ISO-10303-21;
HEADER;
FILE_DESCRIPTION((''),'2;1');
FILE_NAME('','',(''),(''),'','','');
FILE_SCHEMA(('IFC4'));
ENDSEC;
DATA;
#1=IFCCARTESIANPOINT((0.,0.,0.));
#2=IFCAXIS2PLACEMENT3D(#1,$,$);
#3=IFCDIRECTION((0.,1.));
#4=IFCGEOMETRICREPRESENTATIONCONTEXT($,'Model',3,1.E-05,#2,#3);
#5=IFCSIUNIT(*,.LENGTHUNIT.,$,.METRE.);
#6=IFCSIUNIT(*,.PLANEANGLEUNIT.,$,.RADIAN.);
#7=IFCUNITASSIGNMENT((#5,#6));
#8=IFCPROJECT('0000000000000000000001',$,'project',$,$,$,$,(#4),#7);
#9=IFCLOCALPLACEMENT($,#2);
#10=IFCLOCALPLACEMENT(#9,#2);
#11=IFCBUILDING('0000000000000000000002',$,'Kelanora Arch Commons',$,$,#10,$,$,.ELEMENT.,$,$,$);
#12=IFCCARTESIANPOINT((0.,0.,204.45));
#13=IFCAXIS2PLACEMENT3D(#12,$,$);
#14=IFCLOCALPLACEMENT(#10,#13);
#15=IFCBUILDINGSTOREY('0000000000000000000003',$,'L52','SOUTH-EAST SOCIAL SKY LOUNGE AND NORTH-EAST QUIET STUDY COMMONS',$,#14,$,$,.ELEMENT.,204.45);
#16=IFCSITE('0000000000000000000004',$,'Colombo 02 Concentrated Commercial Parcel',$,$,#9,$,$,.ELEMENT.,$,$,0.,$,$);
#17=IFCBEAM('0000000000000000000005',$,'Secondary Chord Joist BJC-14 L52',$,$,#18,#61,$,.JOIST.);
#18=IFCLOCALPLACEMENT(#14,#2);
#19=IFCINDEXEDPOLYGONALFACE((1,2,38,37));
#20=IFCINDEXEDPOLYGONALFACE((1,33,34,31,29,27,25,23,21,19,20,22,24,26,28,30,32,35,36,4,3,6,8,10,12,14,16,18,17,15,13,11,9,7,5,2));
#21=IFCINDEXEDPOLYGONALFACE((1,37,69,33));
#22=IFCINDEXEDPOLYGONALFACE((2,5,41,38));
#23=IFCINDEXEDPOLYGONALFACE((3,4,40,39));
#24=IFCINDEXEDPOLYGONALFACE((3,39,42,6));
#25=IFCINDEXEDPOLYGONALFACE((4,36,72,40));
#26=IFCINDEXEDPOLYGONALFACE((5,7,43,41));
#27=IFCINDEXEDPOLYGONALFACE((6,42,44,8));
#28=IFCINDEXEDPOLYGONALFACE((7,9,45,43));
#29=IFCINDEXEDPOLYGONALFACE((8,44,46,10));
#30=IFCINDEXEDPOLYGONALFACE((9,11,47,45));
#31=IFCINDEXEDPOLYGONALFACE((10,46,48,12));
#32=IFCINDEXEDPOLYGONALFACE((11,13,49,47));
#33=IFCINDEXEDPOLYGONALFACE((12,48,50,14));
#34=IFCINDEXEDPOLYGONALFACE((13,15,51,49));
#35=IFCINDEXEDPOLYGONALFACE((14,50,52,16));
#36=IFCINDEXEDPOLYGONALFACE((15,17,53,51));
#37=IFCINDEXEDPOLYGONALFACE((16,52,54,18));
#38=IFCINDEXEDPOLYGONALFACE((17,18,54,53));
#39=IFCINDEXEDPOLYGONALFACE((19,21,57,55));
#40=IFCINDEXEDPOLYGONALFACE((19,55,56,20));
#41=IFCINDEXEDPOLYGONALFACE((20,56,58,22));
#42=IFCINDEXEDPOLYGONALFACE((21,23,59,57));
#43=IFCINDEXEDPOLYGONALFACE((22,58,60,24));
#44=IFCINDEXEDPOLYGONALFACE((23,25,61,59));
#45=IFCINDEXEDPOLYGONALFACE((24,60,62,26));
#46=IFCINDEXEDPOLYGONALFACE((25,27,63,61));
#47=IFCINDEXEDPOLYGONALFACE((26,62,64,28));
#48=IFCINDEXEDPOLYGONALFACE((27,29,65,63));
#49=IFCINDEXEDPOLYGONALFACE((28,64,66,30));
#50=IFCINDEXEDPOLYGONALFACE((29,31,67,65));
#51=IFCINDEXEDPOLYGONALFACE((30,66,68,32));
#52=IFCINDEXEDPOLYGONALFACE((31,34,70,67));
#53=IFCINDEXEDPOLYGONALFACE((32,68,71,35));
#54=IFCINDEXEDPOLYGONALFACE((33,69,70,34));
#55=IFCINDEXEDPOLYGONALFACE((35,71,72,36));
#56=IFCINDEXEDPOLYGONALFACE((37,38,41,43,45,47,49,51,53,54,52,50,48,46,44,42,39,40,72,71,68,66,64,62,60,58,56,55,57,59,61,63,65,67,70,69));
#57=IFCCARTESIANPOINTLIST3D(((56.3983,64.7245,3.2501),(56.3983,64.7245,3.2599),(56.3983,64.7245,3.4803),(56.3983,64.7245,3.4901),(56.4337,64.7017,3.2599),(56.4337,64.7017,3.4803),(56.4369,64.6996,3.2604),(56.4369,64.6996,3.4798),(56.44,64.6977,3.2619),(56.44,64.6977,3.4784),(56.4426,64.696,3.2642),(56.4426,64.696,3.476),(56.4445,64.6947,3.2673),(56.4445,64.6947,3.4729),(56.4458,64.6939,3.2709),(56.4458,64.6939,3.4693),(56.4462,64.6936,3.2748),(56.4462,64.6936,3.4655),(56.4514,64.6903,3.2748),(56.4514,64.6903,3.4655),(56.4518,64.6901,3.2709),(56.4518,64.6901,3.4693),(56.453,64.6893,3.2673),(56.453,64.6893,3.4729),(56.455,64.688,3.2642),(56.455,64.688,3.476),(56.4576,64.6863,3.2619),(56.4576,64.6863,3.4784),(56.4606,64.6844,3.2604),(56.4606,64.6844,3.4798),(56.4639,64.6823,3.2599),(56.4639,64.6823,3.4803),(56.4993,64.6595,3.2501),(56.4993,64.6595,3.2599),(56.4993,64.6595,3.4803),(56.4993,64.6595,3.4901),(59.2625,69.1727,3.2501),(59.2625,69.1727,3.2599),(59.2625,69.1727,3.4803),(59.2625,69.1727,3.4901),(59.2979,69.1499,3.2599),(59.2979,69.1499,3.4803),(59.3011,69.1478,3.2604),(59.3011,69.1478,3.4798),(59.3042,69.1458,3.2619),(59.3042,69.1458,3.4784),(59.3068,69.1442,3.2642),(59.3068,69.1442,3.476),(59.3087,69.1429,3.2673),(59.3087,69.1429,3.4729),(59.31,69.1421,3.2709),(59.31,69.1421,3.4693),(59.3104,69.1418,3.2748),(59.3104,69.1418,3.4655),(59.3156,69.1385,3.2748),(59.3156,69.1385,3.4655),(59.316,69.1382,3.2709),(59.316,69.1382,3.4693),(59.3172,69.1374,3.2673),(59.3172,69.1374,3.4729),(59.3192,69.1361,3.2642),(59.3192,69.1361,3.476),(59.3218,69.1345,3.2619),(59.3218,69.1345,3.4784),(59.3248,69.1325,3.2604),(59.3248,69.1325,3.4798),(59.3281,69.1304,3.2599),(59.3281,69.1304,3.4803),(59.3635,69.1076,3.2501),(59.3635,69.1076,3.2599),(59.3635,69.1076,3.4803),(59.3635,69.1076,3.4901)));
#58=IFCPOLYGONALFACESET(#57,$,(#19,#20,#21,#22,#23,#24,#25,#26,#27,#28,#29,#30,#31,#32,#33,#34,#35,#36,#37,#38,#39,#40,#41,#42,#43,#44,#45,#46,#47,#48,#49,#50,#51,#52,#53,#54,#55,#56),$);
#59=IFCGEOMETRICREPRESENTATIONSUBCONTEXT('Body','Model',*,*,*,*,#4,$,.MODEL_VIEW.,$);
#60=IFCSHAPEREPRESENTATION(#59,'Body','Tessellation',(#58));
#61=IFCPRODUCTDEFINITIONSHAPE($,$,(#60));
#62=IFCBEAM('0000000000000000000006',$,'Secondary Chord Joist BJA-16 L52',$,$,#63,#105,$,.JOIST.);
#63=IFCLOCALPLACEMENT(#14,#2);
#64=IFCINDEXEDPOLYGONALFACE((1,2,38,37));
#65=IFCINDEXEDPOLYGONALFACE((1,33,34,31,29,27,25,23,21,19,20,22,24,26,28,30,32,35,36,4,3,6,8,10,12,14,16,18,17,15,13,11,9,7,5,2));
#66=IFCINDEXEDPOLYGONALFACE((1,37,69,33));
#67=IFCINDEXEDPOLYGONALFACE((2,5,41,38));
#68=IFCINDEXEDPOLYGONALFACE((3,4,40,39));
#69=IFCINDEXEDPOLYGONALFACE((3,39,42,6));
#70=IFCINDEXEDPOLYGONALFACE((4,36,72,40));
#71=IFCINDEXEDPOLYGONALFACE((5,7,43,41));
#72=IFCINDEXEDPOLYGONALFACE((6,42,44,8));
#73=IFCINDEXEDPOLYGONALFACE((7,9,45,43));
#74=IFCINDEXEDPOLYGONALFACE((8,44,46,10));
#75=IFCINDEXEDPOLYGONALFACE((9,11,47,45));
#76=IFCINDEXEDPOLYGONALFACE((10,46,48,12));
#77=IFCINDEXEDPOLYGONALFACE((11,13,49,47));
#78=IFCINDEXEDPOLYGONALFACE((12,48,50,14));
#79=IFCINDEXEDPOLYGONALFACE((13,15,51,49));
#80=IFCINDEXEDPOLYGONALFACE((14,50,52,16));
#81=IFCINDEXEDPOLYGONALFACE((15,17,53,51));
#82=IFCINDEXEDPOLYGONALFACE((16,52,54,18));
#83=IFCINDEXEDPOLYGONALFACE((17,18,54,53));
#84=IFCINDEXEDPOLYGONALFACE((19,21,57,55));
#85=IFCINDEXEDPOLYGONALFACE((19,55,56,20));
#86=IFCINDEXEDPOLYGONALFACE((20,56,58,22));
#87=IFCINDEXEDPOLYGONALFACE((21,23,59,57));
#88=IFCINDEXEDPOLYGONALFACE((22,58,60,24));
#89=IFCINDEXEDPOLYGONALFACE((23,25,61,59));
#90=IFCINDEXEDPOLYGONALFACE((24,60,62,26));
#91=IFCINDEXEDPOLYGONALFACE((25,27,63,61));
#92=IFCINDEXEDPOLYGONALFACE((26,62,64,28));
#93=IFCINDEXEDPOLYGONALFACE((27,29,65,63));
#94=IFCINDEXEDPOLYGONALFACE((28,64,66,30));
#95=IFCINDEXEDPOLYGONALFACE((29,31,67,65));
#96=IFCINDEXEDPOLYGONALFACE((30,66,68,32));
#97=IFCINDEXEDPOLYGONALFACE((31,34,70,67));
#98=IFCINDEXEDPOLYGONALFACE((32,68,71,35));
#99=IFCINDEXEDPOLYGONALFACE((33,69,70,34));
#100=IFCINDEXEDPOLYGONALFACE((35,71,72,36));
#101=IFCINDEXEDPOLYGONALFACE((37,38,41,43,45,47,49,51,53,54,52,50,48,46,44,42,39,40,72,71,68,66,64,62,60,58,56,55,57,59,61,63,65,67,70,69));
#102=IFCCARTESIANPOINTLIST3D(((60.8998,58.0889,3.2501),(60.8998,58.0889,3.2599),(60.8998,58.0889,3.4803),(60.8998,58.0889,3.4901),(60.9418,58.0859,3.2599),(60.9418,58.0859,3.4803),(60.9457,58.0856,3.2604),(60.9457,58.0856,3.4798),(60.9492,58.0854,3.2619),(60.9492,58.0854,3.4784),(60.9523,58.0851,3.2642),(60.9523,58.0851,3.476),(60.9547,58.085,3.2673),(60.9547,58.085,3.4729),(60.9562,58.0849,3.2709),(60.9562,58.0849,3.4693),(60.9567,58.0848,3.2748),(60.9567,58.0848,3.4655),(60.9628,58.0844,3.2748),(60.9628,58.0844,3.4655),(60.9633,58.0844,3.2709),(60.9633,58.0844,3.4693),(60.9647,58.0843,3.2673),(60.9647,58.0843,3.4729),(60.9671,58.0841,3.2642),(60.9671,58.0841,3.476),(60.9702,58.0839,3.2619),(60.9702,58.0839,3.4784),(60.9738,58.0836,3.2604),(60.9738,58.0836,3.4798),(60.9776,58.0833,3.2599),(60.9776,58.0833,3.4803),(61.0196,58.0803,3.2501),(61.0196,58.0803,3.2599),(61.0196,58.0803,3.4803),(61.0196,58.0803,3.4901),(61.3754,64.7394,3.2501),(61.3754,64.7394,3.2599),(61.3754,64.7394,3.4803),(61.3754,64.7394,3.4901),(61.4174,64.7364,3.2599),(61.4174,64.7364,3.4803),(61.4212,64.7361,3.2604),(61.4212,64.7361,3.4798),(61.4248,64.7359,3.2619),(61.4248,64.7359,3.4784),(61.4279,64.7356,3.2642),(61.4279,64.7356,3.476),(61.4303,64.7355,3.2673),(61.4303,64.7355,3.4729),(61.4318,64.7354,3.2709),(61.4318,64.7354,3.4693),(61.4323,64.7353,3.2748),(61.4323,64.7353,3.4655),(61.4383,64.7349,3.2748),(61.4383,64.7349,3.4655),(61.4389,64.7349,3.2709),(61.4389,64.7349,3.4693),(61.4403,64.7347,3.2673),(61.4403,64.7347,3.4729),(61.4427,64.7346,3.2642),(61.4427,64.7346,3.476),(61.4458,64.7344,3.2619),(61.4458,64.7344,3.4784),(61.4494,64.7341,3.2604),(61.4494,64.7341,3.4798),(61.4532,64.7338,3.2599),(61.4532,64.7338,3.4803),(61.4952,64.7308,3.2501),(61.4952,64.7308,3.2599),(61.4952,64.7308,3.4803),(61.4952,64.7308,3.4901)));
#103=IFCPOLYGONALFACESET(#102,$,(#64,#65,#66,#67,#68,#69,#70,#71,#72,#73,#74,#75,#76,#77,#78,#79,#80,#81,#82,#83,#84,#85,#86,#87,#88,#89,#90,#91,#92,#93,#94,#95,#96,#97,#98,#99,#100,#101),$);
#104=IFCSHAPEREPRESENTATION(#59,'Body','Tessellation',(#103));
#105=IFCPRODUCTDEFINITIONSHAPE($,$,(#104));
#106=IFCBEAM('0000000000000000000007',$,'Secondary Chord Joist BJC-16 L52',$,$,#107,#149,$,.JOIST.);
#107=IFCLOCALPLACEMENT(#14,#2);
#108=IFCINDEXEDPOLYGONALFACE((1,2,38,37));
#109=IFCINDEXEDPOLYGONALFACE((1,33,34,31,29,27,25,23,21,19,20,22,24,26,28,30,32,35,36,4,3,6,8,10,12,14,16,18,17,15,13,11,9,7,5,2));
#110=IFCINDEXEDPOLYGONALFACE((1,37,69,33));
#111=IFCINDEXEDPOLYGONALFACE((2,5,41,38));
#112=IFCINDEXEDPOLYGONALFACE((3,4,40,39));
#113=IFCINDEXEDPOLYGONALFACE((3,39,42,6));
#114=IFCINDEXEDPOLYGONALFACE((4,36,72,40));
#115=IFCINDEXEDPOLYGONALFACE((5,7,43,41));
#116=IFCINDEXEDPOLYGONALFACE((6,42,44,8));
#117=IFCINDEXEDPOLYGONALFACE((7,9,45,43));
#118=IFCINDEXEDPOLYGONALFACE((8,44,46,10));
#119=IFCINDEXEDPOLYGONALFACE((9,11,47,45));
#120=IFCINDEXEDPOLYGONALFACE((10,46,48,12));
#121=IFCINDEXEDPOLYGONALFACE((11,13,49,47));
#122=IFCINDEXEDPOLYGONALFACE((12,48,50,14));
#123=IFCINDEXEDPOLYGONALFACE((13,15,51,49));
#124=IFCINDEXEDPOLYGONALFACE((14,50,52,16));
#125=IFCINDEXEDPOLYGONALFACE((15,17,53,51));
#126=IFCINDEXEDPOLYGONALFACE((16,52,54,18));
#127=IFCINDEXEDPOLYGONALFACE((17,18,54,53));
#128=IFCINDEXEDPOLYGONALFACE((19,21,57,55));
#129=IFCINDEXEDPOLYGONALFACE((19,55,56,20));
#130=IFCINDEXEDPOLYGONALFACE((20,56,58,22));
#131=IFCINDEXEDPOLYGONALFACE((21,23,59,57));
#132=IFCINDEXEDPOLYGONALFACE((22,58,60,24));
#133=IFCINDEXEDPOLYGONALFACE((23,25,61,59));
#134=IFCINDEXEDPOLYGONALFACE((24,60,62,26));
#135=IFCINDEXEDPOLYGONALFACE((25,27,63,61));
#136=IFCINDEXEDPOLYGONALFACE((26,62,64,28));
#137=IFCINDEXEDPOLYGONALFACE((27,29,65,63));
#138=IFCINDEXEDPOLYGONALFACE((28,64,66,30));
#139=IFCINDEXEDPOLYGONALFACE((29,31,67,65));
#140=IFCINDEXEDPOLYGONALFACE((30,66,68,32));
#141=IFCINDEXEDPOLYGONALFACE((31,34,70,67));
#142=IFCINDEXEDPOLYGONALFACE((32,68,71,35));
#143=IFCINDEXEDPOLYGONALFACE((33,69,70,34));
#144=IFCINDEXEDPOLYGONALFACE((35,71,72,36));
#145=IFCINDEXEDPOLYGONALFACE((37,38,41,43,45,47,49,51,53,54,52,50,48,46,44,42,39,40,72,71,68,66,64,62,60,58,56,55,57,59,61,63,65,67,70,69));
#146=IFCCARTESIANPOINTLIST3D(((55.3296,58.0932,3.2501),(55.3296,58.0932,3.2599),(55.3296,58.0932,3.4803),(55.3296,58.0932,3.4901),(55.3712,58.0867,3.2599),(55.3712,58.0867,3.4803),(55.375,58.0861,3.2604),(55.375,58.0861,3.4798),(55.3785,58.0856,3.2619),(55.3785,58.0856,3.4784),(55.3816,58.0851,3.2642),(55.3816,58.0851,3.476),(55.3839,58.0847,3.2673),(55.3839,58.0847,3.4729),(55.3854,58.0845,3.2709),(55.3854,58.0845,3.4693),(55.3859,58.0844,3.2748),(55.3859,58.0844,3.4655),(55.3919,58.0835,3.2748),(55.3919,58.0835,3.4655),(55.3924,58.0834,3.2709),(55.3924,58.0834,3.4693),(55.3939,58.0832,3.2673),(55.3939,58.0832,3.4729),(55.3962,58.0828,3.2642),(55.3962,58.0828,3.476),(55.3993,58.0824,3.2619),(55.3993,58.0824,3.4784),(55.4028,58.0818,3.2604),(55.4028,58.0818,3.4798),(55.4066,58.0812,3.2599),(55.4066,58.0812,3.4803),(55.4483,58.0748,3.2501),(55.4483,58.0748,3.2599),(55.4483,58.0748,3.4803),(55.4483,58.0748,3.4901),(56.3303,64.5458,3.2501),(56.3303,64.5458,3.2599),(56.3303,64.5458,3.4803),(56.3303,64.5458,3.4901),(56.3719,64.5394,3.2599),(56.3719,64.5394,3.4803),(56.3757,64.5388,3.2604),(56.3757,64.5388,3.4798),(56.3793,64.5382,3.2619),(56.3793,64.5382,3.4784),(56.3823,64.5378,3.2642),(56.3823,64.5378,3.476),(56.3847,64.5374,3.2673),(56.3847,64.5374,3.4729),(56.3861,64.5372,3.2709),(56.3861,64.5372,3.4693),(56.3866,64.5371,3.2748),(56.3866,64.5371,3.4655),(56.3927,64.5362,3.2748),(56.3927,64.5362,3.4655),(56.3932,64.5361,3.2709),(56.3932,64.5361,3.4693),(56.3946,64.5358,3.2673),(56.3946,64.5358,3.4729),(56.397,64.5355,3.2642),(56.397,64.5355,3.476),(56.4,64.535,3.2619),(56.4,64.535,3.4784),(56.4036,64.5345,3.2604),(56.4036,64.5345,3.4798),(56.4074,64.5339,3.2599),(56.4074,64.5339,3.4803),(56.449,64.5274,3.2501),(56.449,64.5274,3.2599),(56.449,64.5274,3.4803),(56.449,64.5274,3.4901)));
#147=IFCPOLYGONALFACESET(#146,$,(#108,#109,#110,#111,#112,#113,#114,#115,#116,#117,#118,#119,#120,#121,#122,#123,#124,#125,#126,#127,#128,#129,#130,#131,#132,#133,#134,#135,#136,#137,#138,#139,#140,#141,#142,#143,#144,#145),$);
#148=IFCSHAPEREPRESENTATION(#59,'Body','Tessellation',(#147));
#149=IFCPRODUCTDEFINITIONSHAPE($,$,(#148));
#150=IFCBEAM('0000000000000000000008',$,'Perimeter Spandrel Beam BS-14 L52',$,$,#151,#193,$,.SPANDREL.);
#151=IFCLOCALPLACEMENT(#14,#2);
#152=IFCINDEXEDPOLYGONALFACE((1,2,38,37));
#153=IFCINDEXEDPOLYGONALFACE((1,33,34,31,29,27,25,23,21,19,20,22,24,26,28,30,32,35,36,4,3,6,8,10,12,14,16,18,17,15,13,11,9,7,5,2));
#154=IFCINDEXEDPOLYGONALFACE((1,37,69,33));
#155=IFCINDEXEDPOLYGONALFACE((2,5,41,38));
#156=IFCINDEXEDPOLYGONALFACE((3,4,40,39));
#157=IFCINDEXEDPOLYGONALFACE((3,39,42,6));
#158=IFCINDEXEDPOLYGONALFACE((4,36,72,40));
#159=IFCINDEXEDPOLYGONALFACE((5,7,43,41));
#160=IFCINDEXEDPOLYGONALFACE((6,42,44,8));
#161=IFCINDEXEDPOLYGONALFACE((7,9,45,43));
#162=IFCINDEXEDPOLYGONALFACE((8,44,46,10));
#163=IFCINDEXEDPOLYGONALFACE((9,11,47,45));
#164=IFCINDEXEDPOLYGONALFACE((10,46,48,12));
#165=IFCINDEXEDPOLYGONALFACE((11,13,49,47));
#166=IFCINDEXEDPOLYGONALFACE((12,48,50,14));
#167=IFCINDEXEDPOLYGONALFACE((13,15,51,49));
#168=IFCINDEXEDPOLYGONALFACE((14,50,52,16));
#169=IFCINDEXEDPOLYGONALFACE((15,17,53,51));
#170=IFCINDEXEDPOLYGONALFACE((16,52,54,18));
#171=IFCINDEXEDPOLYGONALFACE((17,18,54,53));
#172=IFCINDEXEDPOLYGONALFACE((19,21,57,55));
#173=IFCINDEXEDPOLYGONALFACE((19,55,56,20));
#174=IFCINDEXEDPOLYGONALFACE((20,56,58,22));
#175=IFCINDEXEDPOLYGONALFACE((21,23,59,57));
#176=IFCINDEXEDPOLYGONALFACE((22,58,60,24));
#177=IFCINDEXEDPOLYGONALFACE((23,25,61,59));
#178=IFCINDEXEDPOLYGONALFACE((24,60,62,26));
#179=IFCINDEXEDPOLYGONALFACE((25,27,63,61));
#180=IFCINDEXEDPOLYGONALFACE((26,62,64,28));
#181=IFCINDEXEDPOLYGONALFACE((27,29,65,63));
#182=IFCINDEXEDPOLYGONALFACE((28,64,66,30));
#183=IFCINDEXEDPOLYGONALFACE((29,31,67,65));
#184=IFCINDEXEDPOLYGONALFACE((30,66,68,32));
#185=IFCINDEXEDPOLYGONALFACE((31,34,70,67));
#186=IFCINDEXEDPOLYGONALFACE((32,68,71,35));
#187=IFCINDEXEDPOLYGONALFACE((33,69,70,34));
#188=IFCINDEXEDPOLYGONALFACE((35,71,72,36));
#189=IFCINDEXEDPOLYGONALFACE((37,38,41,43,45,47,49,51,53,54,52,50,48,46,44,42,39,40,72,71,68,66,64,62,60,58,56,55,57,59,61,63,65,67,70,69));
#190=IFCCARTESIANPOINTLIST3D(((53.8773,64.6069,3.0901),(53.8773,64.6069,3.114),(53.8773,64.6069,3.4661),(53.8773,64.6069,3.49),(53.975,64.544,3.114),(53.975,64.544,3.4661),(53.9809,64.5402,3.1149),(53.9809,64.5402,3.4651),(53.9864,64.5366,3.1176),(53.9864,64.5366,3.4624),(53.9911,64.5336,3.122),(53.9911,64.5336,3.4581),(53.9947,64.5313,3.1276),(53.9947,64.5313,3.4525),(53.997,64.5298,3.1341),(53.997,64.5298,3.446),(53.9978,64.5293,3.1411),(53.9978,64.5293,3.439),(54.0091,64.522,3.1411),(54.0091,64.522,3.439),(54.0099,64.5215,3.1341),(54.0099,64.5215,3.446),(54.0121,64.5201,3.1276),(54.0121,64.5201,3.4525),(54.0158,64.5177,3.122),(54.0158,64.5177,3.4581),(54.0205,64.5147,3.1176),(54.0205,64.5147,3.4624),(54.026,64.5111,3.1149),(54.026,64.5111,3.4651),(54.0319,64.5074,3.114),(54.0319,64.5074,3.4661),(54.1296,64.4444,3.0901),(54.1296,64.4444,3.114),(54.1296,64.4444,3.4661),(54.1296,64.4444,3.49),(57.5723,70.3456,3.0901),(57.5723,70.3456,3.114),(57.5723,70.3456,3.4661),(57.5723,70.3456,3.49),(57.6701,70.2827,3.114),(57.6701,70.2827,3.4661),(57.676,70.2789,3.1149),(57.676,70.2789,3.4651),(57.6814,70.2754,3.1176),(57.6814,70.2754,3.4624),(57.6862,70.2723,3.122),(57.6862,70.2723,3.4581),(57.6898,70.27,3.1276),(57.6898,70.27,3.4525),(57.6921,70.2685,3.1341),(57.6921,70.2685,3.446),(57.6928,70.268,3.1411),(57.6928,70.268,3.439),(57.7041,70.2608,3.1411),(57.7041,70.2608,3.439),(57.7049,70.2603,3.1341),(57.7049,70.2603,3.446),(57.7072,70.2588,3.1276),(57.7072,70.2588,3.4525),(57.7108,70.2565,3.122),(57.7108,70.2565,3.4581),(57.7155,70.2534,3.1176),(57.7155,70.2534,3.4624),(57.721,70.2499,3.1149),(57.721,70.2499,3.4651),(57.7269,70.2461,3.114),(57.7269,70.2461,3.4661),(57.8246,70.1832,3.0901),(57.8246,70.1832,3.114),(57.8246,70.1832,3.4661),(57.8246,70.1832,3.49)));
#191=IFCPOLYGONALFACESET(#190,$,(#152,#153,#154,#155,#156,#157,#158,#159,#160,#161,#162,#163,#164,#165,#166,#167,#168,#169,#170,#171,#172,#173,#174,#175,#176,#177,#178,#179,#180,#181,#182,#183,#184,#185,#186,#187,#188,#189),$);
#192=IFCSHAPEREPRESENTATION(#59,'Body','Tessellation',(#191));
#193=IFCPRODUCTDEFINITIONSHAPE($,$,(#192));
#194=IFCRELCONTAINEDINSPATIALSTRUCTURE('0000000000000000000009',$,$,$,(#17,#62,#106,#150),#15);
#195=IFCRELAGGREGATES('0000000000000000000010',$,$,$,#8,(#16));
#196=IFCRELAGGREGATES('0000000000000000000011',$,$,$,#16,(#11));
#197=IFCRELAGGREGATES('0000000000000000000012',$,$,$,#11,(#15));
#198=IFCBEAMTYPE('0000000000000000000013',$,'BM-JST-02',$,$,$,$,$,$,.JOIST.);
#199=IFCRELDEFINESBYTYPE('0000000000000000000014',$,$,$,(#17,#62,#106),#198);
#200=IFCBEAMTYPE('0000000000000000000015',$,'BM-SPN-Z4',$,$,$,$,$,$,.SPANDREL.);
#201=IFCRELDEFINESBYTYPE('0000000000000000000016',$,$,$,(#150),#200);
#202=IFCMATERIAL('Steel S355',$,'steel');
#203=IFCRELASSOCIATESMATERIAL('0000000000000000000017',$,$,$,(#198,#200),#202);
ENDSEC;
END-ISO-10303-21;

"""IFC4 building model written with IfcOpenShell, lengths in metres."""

from ifc_helpers import new_model, si_unit, direction, frame, origin, origin_2d, place, context, subcontext, project, spatial, i_section, extrude, material, material_profile, profile_set, type_object, element, save


model = new_model("IFC4")

# Units and contexts
model_context = context("Model", 3, precision=1e-05, world=origin(), true_north=direction((0.0, 1.0)))
body_context = subcontext(model_context, "Body", "Model", "MODEL_VIEW")
ifc_project = project(units=[si_unit("LENGTHUNIT", "METRE"), si_unit("PLANEANGLEUNIT", "RADIAN")], contexts=[model_context])

# Site, building, storey
site_placement = place(None, origin())
site = spatial("IfcSite", under=ifc_project, at=site_placement, Name="Colombo 02 Concentrated Commercial Parcel", CompositionType="ELEMENT", RefElevation=0.0)
building_placement = place(site_placement, origin())
building = spatial("IfcBuilding", under=site, at=building_placement, Name="Kelanora Arch Commons", CompositionType="ELEMENT")
storey_placement = place(building_placement, frame((0.0, 0.0, 204.45)))
storey = spatial("IfcBuildingStorey", under=building, at=storey_placement, Name="L52", Description="SOUTH-EAST SOCIAL SKY LOUNGE AND NORTH-EAST QUIET STUDY COMMONS", CompositionType="ELEMENT", Elevation=204.45)

# Beams
ifc_material_1 = material(Name="Steel S355", Category="steel")
ifc_material_profile_1 = material_profile(ifc_material_1, i_section(OverallWidth=0.1201, OverallDepth=0.24, WebThickness=0.0061, FlangeThickness=0.0098, FilletRadius=0.0149, at=origin_2d()), Name="IPE240")
ifc_profile_set_1 = profile_set([ifc_material_profile_1], Name="Steel S355")
beam_type_1 = type_object("IfcBeamType", Name="BM-JST-02", PredefinedType="JOIST", material=ifc_profile_set_1)
beam_1_placement = place(storey_placement, frame((59.313, 69.1401, 3.3701), z_axis=(-0.541382, -0.840776, 0.0), x_axis=(0.840776, -0.541382, 0.0)))
element("IfcBeam", 1, at=beam_1_placement, inside=storey, type_object=beam_type_1, Name="Secondary Chord Joist BJC-14 L52", PredefinedType="JOIST", context=body_context, shape_type="SweptSolid", body=[
    extrude(i_section(OverallWidth=0.1201, OverallDepth=0.24, WebThickness=0.0061, FlangeThickness=0.0098, FilletRadius=0.0149, at=origin_2d()), origin(), (0.0, 0.0, 1.0), 5.2905),
])
beam_2_placement = place(storey_placement, frame((61.4353, 64.7351, 3.3701), z_axis=(-0.07133, -0.997453, 0.0), x_axis=(0.997453, -0.07133, 0.0)))
element("IfcBeam", 2, at=beam_2_placement, inside=storey, type_object=beam_type_1, Name="Secondary Chord Joist BJA-16 L52", PredefinedType="JOIST", context=body_context, shape_type="SweptSolid", body=[
    extrude(i_section(OverallWidth=0.1201, OverallDepth=0.24, WebThickness=0.0061, FlangeThickness=0.0098, FilletRadius=0.0149, at=origin_2d()), origin(), (0.0, 0.0, 1.0), 6.6675),
])
beam_3_placement = place(storey_placement, frame((56.3896, 64.5366, 3.3701), z_axis=(-0.153257, -0.988186, 0.0), x_axis=(0.988186, -0.153257, 0.0)))
element("IfcBeam", 3, at=beam_3_placement, inside=storey, type_object=beam_type_1, Name="Secondary Chord Joist BJC-16 L52", PredefinedType="JOIST", context=body_context, shape_type="SweptSolid", body=[
    extrude(i_section(OverallWidth=0.1201, OverallDepth=0.24, WebThickness=0.0061, FlangeThickness=0.0098, FilletRadius=0.0149, at=origin_2d()), origin(), (0.0, 0.0, 1.0), 6.5298),
])
ifc_material_profile_2 = material_profile(ifc_material_1, i_section(OverallWidth=0.3, OverallDepth=0.3999, WebThickness=0.0134, FlangeThickness=0.0239, FilletRadius=0.0271, at=origin_2d()), Name="HEB400")
ifc_profile_set_2 = profile_set([ifc_material_profile_2], Name="Steel S355")
beam_type_2 = type_object("IfcBeamType", Name="BM-SPN-Z4", PredefinedType="SPANDREL", material=ifc_profile_set_2)
beam_4_placement = place(storey_placement, frame((57.6985, 70.2644, 3.29), z_axis=(-0.541365, -0.840788, 0.0), x_axis=(0.840788, -0.541365, 0.0)))
element("IfcBeam", 4, at=beam_4_placement, inside=storey, type_object=beam_type_2, Name="Perimeter Spandrel Beam BS-14 L52", PredefinedType="SPANDREL", context=body_context, shape_type="SweptSolid", body=[
    extrude(i_section(OverallWidth=0.3, OverallDepth=0.3999, WebThickness=0.0134, FlangeThickness=0.0239, FilletRadius=0.0271, at=origin_2d()), origin(), (0.0, 0.0, 1.0), 6.8254),
])

save(model, "model.ifc")
